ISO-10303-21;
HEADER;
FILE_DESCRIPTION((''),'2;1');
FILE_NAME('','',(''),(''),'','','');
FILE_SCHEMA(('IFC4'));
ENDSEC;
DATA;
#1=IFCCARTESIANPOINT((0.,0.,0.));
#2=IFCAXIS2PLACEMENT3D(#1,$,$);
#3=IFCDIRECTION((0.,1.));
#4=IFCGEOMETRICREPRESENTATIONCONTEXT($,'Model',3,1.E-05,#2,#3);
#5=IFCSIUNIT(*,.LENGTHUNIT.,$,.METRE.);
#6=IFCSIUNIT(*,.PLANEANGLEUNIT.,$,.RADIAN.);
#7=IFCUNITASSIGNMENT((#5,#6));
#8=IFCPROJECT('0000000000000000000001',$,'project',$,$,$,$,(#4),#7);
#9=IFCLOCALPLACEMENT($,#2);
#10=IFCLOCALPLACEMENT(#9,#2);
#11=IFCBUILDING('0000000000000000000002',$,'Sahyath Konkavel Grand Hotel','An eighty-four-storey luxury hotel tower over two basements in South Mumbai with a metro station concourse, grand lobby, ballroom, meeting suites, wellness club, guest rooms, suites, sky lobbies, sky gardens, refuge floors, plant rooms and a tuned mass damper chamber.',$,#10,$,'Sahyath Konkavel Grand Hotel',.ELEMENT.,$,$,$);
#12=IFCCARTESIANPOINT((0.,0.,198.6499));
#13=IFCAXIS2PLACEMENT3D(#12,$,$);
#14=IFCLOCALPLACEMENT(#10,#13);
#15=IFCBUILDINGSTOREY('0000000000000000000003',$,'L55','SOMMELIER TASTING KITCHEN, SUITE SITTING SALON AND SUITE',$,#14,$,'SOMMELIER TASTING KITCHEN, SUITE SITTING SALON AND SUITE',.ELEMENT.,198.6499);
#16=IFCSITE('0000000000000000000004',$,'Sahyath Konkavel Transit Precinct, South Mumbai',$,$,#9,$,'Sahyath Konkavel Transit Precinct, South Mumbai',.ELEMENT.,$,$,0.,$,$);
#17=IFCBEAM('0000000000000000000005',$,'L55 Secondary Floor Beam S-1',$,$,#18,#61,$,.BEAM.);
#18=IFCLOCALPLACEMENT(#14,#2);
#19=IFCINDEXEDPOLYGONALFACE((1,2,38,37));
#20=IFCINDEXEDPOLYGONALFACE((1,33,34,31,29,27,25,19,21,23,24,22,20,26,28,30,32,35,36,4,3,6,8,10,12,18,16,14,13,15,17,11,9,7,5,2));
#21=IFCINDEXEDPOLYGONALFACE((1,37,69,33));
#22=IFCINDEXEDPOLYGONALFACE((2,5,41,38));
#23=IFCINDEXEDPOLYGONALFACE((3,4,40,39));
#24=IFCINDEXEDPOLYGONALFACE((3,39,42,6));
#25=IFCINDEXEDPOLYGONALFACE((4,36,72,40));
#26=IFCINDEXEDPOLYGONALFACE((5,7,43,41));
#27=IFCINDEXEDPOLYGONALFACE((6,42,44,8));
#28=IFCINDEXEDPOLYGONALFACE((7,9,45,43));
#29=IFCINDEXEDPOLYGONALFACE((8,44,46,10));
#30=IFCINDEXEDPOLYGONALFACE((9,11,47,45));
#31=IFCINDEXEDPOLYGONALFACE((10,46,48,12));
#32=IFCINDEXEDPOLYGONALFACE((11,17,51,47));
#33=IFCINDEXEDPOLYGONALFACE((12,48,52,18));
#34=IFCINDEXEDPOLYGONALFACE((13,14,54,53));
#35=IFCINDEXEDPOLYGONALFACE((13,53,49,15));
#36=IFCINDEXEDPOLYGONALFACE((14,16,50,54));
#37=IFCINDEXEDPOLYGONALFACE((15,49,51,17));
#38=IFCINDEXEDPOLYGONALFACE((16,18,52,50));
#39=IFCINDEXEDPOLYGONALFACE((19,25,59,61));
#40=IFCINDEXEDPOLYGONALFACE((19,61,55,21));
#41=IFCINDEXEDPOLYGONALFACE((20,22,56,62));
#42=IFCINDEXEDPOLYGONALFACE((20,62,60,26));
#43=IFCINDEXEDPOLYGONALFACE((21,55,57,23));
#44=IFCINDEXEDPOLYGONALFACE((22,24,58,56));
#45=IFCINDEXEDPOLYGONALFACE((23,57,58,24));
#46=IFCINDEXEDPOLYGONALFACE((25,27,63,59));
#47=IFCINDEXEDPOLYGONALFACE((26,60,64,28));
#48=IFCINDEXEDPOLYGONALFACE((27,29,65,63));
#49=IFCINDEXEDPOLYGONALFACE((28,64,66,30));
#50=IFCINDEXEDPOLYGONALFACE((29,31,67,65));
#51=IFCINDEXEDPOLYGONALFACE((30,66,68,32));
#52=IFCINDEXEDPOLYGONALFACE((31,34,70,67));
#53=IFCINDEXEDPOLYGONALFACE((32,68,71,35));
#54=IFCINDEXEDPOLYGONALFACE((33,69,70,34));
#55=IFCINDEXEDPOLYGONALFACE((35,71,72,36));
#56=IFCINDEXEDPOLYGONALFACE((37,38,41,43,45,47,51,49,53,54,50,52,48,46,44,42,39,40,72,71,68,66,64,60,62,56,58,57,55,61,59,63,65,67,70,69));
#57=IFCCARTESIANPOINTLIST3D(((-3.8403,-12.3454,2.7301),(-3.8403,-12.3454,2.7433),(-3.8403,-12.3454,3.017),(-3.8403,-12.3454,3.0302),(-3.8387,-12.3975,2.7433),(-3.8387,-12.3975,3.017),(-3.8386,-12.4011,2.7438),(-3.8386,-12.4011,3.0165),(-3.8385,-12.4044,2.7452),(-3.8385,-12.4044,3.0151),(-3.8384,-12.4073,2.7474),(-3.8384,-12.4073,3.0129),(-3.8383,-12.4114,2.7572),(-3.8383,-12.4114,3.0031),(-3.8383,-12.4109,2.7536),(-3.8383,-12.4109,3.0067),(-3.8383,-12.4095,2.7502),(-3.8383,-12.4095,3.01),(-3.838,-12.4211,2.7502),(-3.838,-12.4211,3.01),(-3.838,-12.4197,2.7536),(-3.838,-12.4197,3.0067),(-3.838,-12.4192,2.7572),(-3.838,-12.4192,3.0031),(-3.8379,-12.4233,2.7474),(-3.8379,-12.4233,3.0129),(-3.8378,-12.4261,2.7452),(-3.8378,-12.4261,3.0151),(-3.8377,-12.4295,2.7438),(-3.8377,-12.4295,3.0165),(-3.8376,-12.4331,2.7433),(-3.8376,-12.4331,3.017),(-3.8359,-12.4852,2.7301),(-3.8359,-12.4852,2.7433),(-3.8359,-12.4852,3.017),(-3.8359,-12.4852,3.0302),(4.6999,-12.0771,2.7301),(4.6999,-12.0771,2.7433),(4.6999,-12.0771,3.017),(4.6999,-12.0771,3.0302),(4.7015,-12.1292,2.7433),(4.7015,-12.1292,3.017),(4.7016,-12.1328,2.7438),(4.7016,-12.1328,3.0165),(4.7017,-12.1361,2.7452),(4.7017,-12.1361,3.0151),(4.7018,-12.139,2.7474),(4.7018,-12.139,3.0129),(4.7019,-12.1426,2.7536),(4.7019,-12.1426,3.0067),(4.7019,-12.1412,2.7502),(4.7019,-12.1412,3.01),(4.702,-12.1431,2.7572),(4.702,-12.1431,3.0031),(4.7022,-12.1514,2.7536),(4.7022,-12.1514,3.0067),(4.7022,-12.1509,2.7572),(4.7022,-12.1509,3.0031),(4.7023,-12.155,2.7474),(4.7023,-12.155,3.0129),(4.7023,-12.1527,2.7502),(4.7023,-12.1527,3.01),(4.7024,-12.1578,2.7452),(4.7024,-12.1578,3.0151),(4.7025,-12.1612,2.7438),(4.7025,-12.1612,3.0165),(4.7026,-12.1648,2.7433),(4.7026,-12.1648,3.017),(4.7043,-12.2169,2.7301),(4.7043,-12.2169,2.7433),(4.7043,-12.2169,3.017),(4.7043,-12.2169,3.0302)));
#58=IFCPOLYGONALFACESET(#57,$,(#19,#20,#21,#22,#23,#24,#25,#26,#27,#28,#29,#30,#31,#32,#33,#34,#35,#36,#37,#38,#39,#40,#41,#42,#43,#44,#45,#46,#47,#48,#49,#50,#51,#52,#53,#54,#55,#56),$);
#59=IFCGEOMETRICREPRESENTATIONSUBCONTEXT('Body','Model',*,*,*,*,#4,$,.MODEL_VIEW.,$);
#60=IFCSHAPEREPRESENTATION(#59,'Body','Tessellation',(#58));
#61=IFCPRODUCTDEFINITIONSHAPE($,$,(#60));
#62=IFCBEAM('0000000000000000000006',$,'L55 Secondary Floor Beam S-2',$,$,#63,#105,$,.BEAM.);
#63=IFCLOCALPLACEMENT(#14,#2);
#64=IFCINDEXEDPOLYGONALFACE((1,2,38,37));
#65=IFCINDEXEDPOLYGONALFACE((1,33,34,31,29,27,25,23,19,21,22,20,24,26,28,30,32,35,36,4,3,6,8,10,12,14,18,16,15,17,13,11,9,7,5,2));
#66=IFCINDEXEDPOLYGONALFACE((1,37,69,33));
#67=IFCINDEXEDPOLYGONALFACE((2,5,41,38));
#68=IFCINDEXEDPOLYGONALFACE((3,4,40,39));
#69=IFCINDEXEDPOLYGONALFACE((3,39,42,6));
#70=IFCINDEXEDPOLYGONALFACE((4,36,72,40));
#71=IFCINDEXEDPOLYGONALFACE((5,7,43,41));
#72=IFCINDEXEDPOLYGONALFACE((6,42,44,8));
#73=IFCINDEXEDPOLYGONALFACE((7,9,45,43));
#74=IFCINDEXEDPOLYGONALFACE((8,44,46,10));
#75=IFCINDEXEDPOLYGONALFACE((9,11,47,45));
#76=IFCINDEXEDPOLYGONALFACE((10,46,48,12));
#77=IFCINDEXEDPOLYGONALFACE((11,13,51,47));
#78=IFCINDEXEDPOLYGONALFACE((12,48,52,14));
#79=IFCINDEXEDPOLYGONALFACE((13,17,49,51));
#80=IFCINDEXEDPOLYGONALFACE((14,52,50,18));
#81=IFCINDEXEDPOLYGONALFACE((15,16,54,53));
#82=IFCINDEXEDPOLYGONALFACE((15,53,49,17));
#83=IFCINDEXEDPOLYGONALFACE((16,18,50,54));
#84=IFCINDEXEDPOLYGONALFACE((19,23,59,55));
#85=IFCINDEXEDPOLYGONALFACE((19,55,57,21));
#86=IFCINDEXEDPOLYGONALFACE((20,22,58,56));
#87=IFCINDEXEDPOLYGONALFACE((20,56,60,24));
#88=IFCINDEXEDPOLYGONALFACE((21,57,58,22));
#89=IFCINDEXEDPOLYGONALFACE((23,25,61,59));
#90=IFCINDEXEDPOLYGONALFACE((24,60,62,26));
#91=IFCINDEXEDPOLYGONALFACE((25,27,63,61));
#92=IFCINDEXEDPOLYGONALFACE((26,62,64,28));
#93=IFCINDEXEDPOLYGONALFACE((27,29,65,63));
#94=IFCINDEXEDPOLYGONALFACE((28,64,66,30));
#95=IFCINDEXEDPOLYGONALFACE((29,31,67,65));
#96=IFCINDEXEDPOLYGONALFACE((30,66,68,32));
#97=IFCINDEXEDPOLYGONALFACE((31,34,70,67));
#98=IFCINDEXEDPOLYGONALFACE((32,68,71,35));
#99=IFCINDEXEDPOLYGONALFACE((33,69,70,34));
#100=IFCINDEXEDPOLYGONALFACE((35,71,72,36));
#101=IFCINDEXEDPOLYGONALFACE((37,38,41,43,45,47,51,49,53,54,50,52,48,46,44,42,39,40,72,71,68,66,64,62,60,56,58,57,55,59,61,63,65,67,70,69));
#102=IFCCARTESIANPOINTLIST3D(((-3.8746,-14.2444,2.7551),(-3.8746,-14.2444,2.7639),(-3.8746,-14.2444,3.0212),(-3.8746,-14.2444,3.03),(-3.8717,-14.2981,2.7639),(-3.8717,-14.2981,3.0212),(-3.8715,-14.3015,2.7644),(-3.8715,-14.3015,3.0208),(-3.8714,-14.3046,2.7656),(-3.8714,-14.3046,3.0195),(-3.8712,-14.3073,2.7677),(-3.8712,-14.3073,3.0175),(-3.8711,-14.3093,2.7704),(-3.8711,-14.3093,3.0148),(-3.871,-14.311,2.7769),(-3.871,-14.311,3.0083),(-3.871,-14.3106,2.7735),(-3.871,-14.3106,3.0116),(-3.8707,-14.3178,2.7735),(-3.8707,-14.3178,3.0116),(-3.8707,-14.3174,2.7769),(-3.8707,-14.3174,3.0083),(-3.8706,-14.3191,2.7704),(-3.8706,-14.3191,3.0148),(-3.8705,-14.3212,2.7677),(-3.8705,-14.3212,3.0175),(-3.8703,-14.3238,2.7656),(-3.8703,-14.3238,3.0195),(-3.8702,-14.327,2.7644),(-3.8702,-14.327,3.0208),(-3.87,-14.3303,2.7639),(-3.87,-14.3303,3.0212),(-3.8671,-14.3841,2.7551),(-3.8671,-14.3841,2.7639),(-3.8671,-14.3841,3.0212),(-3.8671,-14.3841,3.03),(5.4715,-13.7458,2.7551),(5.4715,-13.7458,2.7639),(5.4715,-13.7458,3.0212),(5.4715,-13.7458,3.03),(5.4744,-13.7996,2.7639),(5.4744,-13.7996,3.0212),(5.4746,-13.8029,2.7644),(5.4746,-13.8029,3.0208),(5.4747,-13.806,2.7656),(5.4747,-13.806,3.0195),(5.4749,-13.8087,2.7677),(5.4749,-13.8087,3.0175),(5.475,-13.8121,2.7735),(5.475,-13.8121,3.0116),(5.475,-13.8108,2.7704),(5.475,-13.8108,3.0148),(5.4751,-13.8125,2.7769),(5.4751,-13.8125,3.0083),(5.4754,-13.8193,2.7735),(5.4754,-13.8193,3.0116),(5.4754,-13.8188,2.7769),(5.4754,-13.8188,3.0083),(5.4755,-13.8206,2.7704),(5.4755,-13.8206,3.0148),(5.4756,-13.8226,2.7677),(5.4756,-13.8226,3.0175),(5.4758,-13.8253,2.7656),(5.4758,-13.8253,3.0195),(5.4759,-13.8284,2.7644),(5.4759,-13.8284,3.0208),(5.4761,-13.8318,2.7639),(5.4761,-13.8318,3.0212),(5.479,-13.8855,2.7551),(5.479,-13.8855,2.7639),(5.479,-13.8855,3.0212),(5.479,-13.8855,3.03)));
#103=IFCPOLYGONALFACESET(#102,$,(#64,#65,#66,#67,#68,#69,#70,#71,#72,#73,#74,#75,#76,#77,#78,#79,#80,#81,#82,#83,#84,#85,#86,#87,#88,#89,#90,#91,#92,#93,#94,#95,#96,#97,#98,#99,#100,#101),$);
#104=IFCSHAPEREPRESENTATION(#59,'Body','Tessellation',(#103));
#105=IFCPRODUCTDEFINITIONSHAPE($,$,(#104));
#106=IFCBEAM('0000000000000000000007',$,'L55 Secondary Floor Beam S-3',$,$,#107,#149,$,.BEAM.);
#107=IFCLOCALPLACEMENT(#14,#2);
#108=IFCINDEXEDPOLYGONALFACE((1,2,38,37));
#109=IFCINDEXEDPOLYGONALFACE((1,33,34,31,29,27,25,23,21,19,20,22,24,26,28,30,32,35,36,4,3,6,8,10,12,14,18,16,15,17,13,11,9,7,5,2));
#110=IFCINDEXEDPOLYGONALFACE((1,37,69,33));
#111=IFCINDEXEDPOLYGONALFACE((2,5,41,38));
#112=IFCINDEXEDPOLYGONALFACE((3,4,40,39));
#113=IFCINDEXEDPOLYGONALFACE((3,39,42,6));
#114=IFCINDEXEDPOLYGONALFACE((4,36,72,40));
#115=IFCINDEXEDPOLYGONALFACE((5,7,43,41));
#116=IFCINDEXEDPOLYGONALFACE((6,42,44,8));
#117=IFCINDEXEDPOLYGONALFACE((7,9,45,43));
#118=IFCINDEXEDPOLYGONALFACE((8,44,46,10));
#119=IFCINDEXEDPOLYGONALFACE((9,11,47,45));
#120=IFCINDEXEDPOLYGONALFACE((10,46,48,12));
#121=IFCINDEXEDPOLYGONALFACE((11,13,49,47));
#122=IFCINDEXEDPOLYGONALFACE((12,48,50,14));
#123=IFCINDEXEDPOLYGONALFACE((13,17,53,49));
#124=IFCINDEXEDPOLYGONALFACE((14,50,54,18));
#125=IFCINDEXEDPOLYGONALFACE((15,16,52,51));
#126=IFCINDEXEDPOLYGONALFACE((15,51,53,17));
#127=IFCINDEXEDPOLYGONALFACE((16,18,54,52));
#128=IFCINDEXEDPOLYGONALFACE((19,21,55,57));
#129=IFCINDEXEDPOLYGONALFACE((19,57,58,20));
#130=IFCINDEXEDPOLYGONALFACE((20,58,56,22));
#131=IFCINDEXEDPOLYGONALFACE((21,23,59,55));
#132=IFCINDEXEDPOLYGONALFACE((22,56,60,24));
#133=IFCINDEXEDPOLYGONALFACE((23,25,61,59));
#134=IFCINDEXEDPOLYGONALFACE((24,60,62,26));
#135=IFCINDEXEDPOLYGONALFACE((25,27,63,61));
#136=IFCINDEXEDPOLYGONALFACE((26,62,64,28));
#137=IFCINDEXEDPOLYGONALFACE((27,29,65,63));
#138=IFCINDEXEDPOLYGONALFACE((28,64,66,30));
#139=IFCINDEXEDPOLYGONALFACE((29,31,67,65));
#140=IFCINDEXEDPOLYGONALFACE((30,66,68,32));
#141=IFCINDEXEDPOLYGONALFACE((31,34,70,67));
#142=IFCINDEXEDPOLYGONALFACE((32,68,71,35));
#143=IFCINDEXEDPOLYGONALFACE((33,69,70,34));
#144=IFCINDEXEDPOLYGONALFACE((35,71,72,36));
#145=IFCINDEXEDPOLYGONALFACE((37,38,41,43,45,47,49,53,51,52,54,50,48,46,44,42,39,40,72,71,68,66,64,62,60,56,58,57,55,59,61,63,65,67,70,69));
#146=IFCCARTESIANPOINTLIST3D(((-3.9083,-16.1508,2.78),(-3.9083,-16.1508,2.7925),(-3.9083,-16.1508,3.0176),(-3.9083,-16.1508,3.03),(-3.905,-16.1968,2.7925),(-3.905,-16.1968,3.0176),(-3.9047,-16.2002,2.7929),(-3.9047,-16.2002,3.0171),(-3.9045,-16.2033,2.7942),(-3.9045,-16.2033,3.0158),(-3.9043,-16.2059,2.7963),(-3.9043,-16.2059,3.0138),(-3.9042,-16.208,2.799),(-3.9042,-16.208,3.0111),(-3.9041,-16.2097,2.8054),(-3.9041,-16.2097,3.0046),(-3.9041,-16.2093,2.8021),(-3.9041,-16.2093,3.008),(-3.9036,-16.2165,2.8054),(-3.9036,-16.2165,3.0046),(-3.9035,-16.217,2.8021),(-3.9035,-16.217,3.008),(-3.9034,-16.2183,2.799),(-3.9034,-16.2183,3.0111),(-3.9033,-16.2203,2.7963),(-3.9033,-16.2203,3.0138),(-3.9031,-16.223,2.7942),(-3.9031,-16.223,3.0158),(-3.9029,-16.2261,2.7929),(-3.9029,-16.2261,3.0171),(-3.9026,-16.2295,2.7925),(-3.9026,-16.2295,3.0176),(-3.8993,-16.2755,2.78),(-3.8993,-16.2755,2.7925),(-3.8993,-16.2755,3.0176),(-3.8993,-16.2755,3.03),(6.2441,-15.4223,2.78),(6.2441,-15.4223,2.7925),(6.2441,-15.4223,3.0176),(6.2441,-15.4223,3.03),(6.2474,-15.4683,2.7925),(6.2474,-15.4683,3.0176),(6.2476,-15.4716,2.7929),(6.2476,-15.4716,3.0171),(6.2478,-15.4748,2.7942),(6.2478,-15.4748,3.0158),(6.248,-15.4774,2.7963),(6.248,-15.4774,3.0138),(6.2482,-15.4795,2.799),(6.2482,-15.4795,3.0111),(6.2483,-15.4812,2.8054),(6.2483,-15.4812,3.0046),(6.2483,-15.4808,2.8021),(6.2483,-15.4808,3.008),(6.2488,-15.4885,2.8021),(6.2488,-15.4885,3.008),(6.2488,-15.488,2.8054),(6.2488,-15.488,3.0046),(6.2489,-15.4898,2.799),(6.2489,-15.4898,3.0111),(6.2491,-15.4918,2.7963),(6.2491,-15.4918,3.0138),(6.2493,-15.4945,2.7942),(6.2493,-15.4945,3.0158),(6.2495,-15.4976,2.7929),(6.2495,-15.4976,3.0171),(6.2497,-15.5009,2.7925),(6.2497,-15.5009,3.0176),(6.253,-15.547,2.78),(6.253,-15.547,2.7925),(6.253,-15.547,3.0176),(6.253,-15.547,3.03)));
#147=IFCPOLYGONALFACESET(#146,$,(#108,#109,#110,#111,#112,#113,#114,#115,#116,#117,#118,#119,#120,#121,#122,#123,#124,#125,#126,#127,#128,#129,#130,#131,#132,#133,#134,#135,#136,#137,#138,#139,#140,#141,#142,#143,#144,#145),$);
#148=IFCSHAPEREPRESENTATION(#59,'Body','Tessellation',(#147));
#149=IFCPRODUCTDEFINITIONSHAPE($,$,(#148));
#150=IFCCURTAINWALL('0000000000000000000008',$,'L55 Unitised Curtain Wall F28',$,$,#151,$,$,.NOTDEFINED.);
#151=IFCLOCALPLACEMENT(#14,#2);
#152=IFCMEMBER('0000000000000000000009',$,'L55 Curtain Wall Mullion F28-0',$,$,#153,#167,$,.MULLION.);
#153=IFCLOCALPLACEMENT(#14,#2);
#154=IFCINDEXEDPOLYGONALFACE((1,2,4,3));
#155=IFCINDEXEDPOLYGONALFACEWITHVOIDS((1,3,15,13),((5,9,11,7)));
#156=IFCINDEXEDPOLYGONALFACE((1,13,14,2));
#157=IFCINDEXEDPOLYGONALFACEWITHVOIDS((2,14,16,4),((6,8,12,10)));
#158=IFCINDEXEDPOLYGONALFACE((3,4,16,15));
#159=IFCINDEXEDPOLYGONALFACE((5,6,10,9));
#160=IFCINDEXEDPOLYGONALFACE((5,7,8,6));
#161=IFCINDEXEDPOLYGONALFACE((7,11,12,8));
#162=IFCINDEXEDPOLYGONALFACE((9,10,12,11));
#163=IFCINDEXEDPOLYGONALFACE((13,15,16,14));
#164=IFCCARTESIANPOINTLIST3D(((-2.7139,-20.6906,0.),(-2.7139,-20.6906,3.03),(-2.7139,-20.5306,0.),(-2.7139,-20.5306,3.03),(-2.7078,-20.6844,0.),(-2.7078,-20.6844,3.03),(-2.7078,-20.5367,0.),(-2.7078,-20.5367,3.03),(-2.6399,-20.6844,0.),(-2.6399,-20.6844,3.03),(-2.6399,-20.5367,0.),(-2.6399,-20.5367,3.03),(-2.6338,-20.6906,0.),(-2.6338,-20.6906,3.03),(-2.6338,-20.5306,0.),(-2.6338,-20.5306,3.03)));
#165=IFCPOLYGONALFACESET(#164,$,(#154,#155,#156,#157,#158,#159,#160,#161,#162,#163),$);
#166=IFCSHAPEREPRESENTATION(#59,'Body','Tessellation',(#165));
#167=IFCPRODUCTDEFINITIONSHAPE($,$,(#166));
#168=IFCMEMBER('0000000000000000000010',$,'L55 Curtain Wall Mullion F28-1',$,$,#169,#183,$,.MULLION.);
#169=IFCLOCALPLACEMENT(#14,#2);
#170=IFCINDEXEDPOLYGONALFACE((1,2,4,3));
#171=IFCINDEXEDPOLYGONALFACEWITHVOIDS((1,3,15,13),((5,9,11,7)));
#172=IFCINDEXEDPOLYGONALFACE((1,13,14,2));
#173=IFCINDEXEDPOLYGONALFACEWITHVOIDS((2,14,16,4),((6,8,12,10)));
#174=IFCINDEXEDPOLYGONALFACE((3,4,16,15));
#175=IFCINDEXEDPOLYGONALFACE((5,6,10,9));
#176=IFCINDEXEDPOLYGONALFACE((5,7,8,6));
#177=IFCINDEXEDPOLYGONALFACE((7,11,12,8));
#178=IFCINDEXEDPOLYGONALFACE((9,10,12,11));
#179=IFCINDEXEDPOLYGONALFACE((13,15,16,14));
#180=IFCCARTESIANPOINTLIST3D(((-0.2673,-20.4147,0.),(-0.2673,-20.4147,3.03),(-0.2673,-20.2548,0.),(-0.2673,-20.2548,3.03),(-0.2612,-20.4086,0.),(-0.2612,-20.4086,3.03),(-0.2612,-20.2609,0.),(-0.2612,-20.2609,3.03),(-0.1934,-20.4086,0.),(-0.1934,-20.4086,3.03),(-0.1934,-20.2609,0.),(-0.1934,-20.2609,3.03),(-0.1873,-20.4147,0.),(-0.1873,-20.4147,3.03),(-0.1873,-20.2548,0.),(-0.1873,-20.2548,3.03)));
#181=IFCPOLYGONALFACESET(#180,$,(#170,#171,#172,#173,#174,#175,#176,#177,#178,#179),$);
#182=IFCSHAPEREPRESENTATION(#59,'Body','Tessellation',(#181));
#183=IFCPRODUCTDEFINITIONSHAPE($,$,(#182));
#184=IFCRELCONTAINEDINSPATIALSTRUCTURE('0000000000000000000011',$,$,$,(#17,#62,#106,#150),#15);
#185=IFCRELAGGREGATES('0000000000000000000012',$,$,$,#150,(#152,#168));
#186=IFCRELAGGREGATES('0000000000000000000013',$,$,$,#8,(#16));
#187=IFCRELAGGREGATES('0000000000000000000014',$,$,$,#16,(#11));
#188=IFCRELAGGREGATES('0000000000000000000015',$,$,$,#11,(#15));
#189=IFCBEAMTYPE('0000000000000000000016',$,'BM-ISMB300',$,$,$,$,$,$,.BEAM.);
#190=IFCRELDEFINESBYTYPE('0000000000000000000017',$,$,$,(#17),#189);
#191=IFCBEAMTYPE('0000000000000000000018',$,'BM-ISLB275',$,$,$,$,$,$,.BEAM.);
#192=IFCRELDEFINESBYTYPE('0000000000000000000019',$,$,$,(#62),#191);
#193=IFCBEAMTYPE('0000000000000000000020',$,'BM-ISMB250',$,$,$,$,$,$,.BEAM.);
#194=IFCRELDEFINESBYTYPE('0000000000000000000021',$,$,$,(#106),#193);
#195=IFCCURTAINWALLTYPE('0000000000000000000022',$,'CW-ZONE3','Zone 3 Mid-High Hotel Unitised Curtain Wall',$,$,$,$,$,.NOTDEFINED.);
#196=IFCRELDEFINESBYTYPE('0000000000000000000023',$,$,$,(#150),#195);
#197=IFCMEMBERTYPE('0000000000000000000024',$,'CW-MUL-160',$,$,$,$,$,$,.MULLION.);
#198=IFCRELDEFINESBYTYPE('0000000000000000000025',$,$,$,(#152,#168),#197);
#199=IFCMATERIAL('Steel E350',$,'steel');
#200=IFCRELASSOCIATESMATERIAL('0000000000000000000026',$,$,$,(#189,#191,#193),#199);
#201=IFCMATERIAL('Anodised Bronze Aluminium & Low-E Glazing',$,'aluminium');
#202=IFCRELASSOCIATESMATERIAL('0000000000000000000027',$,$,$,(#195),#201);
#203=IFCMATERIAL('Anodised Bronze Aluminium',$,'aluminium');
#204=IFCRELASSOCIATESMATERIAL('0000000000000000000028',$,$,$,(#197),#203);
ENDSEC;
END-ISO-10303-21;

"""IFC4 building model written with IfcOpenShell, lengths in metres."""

from ifc_helpers import new_model, si_unit, direction, frame, origin, origin_2d, place, context, subcontext, project, spatial, hollow_rectangle, i_section, extrude, source, transform, mapped, material, material_profile, profile_set, type_object, element, aggregate, save


model = new_model("IFC4")

# Units and contexts
model_context = context("Model", 3, precision=1e-05, world=origin(), true_north=direction((0.0, 1.0)))
body_context = subcontext(model_context, "Body", "Model", "MODEL_VIEW")
ifc_project = project(units=[si_unit("LENGTHUNIT", "METRE"), si_unit("PLANEANGLEUNIT", "RADIAN")], contexts=[model_context])

# Site, building, storey
site_placement = place(None, origin())
site = spatial("IfcSite", under=ifc_project, at=site_placement, Name="Sahyath Konkavel Transit Precinct, South Mumbai", LongName="Sahyath Konkavel Transit Precinct, South Mumbai", CompositionType="ELEMENT", RefElevation=0.0)
building_placement = place(site_placement, origin())
building = spatial("IfcBuilding", under=site, at=building_placement, Name="Sahyath Konkavel Grand Hotel", Description="An eighty-four-storey luxury hotel tower over two basements in South Mumbai with a metro station concourse, grand lobby, ballroom, meeting suites, wellness club, guest rooms, suites, sky lobbies, sky gardens, refuge floors, plant rooms and a tuned mass damper chamber.", LongName="Sahyath Konkavel Grand Hotel", CompositionType="ELEMENT")
storey_placement = place(building_placement, frame((0.0, 0.0, 198.6499)))
storey = spatial("IfcBuildingStorey", under=building, at=storey_placement, Name="L55", Description="SOMMELIER TASTING KITCHEN, SUITE SITTING SALON AND SUITE", LongName="SOMMELIER TASTING KITCHEN, SUITE SITTING SALON AND SUITE", CompositionType="ELEMENT", Elevation=198.6499)

# Beams
ifc_material_1 = material(Name="Steel E350", Category="steel")
ifc_material_profile_1 = material_profile(ifc_material_1, i_section(OverallWidth=0.1399, OverallDepth=0.3, WebThickness=0.0078, FlangeThickness=0.0132, FilletRadius=0.0139, at=origin_2d()), Name="ISMB 300")
ifc_profile_set_1 = profile_set([ifc_material_profile_1], Name="Steel E350")
beam_type_1 = type_object("IfcBeamType", Name="BM-ISMB300", PredefinedType="BEAM", material=ifc_profile_set_1)
shared_shape_1 = source(origin(), body_context, "Body", "SweptSolid", [
    extrude(i_section(OverallWidth=0.1399, OverallDepth=0.3, WebThickness=0.0078, FlangeThickness=0.0132, FilletRadius=0.0139, at=origin_2d()), origin(), (0.0, 0.0, 1.0), 8.5444),
])
beam_1_placement = place(storey_placement, frame((-3.8381, -12.4153, 2.8801), z_axis=(0.999507, 0.031402, 0.0), x_axis=(-0.031402, 0.999507, 0.0)))
element("IfcBeam", 1, at=beam_1_placement, inside=storey, type_object=beam_type_1, Name="L55 Secondary Floor Beam S-1", PredefinedType="BEAM", context=body_context, shape_type="MappedRepresentation", body=[
    mapped(shared_shape_1, transform((0.0, 0.0, 0.0), scale=1.0)),
])
ifc_material_profile_2 = material_profile(ifc_material_1, i_section(OverallWidth=0.1399, OverallDepth=0.2749, WebThickness=0.0063, FlangeThickness=0.0088, FilletRadius=0.0129, at=origin_2d()), Name="ISLB 275")
ifc_profile_set_2 = profile_set([ifc_material_profile_2], Name="Steel E350")
beam_type_2 = type_object("IfcBeamType", Name="BM-ISLB275", PredefinedType="BEAM", material=ifc_profile_set_2)
shared_shape_2 = source(origin(), body_context, "Body", "SweptSolid", [
    extrude(i_section(OverallWidth=0.1399, OverallDepth=0.2749, WebThickness=0.0063, FlangeThickness=0.0088, FilletRadius=0.0129, at=origin_2d()), origin(), (0.0, 0.0, 1.0), 9.3594),
])
beam_2_placement = place(storey_placement, frame((-3.8708, -14.3142, 2.8926), z_axis=(0.99858, 0.053265, 0.0), x_axis=(-0.053265, 0.99858, 0.0)))
element("IfcBeam", 2, at=beam_2_placement, inside=storey, type_object=beam_type_2, Name="L55 Secondary Floor Beam S-2", PredefinedType="BEAM", context=body_context, shape_type="MappedRepresentation", body=[
    mapped(shared_shape_2, transform((0.0, 0.0, 0.0), scale=1.0)),
])
ifc_material_profile_3 = material_profile(ifc_material_1, i_section(OverallWidth=0.125, OverallDepth=0.25, WebThickness=0.0068, FlangeThickness=0.0125, FilletRadius=0.0129, at=origin_2d()), Name="ISMB 250")
ifc_profile_set_3 = profile_set([ifc_material_profile_3], Name="Steel E350")
beam_type_3 = type_object("IfcBeamType", Name="BM-ISMB250", PredefinedType="BEAM", material=ifc_profile_set_3)
shared_shape_3 = source(origin(), body_context, "Body", "SweptSolid", [
    extrude(i_section(OverallWidth=0.125, OverallDepth=0.25, WebThickness=0.0068, FlangeThickness=0.0125, FilletRadius=0.0129, at=origin_2d()), origin(), (0.0, 0.0, 1.0), 10.1785),
])
beam_3_placement = place(storey_placement, frame((-3.9038, -16.2131, 2.905), z_axis=(0.997435, 0.071574, 0.0), x_axis=(-0.071574, 0.997435, 0.0)))
element("IfcBeam", 3, at=beam_3_placement, inside=storey, type_object=beam_type_3, Name="L55 Secondary Floor Beam S-3", PredefinedType="BEAM", context=body_context, shape_type="MappedRepresentation", body=[
    mapped(shared_shape_3, transform((0.0, 0.0, 0.0), scale=1.0)),
])

# Curtain wall, members
ifc_material_2 = material(Name="Anodised Bronze Aluminium & Low-E Glazing", Category="aluminium")
curtain_wall_type = type_object("IfcCurtainWallType", Name="CW-ZONE3", Description="Zone 3 Mid-High Hotel Unitised Curtain Wall", PredefinedType="NOTDEFINED", material=ifc_material_2)
curtain_wall_placement = place(storey_placement, origin())
curtain_wall = element("IfcCurtainWall", 4, at=curtain_wall_placement, inside=storey, type_object=curtain_wall_type, Name="L55 Unitised Curtain Wall F28", PredefinedType="NOTDEFINED")
ifc_material_3 = material(Name="Anodised Bronze Aluminium", Category="aluminium")
ifc_material_profile_4 = material_profile(ifc_material_3, hollow_rectangle(XDim=0.0801, YDim=0.1599, WallThickness=0.0061, at=origin_2d()), Name="RHS 160x80x6")
ifc_profile_set_4 = profile_set([ifc_material_profile_4], Name="Anodised Bronze Aluminium")
member_type_1 = type_object("IfcMemberType", Name="CW-MUL-160", PredefinedType="MULLION", material=ifc_profile_set_4)
shared_shape_4 = source(origin(), body_context, "Body", "SweptSolid", [
    extrude(hollow_rectangle(XDim=0.0801, YDim=0.1599, WallThickness=0.0061, at=origin_2d()), origin(), (0.0, 0.0, 1.0), 3.03),
])
member_1_placement = place(storey_placement, frame((-2.6738, -20.6106, 0.0), z_axis=(0.0, 0.0, 1.0), x_axis=(1.0, 0.0, 0.0)))
member_1 = element("IfcMember", 5, at=member_1_placement, type_object=member_type_1, Name="L55 Curtain Wall Mullion F28-0", PredefinedType="MULLION", context=body_context, shape_type="MappedRepresentation", body=[
    mapped(shared_shape_4, transform((0.0, 0.0, 0.0), scale=1.0)),
])
member_2_placement = place(storey_placement, frame((-0.2273, -20.3347, 0.0), z_axis=(0.0, 0.0, 1.0), x_axis=(1.0, 0.0, 0.0)))
member_2 = element("IfcMember", 6, at=member_2_placement, type_object=member_type_1, Name="L55 Curtain Wall Mullion F28-1", PredefinedType="MULLION", context=body_context, shape_type="MappedRepresentation", body=[
    mapped(shared_shape_4, transform((0.0, 0.0, 0.0), scale=1.0)),
])
aggregate(curtain_wall, [member_1, member_2])

save(model, "model.ifc")
